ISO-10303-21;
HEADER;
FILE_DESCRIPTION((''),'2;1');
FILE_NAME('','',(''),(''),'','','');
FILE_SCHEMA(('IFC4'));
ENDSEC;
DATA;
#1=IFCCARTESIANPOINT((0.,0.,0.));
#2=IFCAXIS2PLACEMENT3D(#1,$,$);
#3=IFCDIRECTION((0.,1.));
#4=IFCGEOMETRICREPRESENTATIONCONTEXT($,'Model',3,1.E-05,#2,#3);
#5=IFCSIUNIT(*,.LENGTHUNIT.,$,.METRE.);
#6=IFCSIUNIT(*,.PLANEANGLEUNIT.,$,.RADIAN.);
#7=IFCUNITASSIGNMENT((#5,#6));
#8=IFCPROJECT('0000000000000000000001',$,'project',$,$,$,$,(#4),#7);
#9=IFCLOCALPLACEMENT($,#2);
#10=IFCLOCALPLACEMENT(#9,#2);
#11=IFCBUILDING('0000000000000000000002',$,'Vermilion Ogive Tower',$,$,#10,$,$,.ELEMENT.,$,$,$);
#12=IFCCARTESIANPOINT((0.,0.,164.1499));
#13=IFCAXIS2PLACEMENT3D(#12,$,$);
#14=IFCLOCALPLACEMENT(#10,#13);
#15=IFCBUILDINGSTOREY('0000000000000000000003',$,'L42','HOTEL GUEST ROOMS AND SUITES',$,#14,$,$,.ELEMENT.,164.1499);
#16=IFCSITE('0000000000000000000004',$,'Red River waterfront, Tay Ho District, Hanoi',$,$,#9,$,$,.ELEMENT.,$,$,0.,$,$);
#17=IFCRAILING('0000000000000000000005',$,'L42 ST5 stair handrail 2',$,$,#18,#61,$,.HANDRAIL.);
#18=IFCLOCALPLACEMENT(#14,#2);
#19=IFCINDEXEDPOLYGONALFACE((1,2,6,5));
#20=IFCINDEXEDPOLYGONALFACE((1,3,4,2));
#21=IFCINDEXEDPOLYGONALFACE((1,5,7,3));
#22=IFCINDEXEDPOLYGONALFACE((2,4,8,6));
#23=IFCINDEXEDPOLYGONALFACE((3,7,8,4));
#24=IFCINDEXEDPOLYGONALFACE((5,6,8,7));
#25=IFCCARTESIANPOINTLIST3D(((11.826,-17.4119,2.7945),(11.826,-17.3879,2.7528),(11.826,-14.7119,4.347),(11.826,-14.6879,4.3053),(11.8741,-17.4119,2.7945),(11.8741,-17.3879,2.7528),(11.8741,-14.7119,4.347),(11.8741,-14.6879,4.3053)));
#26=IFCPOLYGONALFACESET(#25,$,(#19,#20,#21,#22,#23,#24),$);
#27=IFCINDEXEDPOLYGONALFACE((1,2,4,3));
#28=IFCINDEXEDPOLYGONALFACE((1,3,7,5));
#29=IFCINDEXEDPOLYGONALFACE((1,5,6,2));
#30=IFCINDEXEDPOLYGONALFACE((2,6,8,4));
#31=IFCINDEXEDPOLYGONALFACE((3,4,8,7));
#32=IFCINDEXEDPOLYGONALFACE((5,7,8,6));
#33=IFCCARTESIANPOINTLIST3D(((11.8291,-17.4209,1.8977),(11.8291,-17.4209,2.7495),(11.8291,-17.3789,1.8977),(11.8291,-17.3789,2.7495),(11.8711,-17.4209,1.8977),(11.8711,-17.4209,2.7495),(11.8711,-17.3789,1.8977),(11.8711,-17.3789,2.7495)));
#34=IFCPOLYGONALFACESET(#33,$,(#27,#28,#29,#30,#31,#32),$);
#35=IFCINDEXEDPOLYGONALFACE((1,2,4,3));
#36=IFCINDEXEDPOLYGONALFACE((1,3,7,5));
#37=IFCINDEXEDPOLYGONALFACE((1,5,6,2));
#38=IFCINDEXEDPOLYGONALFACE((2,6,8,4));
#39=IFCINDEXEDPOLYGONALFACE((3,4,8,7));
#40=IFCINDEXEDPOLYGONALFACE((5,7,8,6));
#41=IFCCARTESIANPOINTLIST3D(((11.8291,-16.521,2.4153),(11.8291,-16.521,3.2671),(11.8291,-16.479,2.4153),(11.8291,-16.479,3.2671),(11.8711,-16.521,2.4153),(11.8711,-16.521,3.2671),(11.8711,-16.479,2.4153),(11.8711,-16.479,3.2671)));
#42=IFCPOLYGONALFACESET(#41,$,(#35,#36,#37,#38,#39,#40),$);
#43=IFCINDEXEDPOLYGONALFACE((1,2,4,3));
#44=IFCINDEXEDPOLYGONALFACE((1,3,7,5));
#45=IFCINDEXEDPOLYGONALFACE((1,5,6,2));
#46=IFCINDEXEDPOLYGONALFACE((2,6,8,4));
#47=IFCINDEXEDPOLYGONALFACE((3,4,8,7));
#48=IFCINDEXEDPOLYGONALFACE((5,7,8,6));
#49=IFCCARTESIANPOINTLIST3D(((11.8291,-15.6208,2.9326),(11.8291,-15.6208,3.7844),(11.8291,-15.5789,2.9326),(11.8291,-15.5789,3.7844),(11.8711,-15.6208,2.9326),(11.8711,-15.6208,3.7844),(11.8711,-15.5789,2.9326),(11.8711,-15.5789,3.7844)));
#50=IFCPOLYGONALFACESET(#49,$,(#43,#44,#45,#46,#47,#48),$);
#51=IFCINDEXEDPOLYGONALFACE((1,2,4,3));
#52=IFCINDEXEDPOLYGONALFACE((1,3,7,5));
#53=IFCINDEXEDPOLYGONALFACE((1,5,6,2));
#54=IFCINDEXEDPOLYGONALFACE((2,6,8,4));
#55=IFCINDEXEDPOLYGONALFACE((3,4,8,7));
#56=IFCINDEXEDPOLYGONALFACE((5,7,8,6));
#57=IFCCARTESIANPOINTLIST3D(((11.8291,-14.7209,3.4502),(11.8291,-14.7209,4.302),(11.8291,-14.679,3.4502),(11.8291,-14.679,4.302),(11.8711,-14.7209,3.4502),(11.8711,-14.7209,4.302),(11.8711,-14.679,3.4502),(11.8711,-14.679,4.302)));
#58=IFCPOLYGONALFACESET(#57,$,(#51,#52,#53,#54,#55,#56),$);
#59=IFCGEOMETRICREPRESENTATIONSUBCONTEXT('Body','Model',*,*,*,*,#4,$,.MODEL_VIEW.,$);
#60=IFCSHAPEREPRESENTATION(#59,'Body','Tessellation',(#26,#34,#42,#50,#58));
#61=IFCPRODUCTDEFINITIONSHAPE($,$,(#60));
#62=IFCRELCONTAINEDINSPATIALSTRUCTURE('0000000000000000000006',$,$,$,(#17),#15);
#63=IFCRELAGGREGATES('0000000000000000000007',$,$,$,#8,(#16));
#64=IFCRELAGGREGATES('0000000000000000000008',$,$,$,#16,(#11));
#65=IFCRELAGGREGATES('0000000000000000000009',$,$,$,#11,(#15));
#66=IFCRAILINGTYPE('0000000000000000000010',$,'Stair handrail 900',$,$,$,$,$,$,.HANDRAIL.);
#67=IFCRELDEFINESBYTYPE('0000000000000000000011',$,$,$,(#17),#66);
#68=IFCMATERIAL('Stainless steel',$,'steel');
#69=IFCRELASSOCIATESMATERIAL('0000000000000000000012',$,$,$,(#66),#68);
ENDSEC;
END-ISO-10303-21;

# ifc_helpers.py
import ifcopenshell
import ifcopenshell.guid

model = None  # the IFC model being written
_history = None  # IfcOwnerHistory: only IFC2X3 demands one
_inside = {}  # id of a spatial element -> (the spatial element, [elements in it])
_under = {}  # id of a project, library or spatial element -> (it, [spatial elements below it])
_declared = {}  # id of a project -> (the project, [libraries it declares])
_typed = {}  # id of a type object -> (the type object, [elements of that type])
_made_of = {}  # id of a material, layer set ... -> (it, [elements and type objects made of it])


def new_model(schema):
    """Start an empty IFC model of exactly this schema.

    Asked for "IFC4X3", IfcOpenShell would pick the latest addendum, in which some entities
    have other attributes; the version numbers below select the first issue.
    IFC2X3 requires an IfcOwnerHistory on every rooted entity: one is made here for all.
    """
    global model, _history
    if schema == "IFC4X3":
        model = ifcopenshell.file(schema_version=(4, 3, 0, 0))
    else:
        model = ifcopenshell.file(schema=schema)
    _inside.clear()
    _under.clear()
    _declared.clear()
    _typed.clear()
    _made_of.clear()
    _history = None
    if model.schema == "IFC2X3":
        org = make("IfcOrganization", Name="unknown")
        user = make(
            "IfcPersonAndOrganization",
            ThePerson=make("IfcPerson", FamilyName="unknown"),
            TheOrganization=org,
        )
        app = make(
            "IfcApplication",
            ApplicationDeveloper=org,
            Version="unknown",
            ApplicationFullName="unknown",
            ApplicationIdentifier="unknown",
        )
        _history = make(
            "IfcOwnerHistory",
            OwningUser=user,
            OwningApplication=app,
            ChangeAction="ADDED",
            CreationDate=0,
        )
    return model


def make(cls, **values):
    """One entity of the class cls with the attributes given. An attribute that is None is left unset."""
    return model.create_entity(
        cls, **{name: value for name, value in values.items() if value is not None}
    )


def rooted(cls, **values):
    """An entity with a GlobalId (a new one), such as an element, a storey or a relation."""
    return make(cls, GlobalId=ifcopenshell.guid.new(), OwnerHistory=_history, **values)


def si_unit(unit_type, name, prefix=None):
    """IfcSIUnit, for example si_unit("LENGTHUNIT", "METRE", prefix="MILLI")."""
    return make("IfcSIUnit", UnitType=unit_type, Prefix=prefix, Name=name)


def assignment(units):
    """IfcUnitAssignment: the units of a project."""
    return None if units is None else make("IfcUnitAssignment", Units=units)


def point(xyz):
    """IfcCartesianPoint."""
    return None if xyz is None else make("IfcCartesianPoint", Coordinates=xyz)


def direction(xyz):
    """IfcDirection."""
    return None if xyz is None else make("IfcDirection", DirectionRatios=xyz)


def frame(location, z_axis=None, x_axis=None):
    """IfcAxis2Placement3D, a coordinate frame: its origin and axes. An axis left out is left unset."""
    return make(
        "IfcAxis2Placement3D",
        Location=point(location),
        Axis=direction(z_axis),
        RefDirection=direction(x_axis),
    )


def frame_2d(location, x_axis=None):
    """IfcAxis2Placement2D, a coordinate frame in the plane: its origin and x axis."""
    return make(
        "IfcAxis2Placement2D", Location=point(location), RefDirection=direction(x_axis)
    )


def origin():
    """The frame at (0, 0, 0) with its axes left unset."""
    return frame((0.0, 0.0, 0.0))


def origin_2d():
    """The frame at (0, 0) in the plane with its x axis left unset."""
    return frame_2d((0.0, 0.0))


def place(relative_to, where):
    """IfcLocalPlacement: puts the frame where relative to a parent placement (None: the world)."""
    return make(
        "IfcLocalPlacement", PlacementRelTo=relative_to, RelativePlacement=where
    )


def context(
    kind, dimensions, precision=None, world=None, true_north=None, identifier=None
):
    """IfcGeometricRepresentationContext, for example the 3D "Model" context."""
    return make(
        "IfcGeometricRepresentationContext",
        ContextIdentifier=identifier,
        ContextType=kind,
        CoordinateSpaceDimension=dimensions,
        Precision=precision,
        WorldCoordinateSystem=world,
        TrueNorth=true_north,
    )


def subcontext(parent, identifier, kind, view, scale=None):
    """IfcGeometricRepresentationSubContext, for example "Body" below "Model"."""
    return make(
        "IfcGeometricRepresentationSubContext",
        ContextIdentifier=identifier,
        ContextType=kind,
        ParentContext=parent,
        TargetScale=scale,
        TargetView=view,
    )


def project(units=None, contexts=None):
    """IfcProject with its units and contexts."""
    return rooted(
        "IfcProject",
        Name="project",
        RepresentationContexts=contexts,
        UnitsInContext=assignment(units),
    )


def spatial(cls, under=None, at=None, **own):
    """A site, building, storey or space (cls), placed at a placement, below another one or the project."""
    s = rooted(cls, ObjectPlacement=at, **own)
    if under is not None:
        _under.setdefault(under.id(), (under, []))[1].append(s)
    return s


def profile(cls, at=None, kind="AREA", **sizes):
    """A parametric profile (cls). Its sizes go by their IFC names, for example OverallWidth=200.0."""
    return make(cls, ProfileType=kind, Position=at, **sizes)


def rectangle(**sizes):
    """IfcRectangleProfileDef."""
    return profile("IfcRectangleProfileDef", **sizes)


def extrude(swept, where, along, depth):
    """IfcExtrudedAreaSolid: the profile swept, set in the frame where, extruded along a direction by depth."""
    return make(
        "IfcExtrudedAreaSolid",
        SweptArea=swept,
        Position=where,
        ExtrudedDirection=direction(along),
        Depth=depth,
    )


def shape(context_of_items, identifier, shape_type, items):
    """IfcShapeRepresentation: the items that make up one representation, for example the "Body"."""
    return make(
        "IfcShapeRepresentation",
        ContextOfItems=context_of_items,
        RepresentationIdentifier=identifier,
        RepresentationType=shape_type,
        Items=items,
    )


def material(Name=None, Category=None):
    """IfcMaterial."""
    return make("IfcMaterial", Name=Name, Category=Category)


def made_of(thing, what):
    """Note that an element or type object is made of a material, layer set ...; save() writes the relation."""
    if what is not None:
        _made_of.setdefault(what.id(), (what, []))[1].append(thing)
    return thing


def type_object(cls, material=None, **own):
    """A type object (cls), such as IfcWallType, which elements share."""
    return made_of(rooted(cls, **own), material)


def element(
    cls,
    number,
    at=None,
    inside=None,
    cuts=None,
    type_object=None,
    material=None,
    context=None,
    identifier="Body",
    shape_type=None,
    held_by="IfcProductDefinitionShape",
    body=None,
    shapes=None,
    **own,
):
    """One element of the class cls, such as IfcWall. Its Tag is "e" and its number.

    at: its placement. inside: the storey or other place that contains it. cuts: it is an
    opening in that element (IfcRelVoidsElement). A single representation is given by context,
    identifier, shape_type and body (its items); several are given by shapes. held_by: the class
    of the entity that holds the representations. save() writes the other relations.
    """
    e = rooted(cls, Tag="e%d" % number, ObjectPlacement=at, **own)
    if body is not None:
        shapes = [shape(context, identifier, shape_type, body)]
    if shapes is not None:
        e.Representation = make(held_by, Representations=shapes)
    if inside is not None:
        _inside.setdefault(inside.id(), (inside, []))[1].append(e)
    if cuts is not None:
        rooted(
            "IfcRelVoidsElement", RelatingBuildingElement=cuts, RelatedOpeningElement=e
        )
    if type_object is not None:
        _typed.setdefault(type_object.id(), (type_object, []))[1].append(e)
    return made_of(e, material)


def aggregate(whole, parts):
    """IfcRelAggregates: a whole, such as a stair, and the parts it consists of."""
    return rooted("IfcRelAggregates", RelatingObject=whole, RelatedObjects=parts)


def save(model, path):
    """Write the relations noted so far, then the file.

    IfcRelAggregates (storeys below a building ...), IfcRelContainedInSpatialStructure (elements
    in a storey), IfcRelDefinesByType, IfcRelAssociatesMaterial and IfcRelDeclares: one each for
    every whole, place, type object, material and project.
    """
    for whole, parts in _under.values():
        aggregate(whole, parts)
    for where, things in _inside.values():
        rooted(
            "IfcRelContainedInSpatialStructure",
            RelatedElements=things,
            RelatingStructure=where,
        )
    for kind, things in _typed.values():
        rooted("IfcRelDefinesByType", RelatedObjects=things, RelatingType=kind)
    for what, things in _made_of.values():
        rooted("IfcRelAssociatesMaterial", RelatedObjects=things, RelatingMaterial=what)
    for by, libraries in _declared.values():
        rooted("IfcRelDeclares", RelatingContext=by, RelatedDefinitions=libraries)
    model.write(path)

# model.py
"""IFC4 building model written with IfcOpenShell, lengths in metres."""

from ifc_helpers import new_model, si_unit, direction, frame, origin, origin_2d, place, context, subcontext, project, spatial, rectangle, extrude, material, type_object, element, save


model = new_model("IFC4")

# Units and contexts
model_context = context("Model", 3, precision=1e-05, world=origin(), true_north=direction((0.0, 1.0)))
body_context = subcontext(model_context, "Body", "Model", "MODEL_VIEW")
ifc_project = project(units=[si_unit("LENGTHUNIT", "METRE"), si_unit("PLANEANGLEUNIT", "RADIAN")], contexts=[model_context])

# Site, building, storey
site_placement = place(None, origin())
site = spatial("IfcSite", under=ifc_project, at=site_placement, Name="Red River waterfront, Tay Ho District, Hanoi", CompositionType="ELEMENT", RefElevation=0.0)
building_placement = place(site_placement, origin())
building = spatial("IfcBuilding", under=site, at=building_placement, Name="Vermilion Ogive Tower", CompositionType="ELEMENT")
storey_placement = place(building_placement, frame((0.0, 0.0, 164.1499)))
storey = spatial("IfcBuildingStorey", under=building, at=storey_placement, Name="L42", Description="HOTEL GUEST ROOMS AND SUITES", CompositionType="ELEMENT", Elevation=164.1499)

# Railing
ifc_material_1 = material(Name="Stainless steel", Category="steel")
railing_type_1 = type_object("IfcRailingType", Name="Stair handrail 900", PredefinedType="HANDRAIL", material=ifc_material_1)
railing_1_placement = place(storey_placement, frame((11.8501, -17.3999, 1.8977)))
element("IfcRailing", 1, at=railing_1_placement, inside=storey, type_object=railing_type_1, Name="L42 ST5 stair handrail 2", PredefinedType="HANDRAIL", context=body_context, shape_type="SweptSolid", body=[
    extrude(rectangle(XDim=0.0481, YDim=0.0481, at=origin_2d()), frame((0.0, 0.0, 0.876), z_axis=(0.0, 0.866904, 0.498476), x_axis=(-1.0, 0.0, 0.0)), (0.0, 0.0, 1.0), 3.1145),
    extrude(rectangle(XDim=0.042, YDim=0.042, at=origin_2d()), origin(), (0.0, 0.0, 1.0), 0.8518),
    extrude(rectangle(XDim=0.042, YDim=0.042, at=origin_2d()), frame((0.0, 0.8999, 0.5176)), (0.0, 0.0, 1.0), 0.8518),
    extrude(rectangle(XDim=0.042, YDim=0.042, at=origin_2d()), frame((0.0, 1.8, 1.0349)), (0.0, 0.0, 1.0), 0.8518),
    extrude(rectangle(XDim=0.042, YDim=0.042, at=origin_2d()), frame((0.0, 2.7, 1.5525)), (0.0, 0.0, 1.0), 0.8518),
])

save(model, "model.ifc")
